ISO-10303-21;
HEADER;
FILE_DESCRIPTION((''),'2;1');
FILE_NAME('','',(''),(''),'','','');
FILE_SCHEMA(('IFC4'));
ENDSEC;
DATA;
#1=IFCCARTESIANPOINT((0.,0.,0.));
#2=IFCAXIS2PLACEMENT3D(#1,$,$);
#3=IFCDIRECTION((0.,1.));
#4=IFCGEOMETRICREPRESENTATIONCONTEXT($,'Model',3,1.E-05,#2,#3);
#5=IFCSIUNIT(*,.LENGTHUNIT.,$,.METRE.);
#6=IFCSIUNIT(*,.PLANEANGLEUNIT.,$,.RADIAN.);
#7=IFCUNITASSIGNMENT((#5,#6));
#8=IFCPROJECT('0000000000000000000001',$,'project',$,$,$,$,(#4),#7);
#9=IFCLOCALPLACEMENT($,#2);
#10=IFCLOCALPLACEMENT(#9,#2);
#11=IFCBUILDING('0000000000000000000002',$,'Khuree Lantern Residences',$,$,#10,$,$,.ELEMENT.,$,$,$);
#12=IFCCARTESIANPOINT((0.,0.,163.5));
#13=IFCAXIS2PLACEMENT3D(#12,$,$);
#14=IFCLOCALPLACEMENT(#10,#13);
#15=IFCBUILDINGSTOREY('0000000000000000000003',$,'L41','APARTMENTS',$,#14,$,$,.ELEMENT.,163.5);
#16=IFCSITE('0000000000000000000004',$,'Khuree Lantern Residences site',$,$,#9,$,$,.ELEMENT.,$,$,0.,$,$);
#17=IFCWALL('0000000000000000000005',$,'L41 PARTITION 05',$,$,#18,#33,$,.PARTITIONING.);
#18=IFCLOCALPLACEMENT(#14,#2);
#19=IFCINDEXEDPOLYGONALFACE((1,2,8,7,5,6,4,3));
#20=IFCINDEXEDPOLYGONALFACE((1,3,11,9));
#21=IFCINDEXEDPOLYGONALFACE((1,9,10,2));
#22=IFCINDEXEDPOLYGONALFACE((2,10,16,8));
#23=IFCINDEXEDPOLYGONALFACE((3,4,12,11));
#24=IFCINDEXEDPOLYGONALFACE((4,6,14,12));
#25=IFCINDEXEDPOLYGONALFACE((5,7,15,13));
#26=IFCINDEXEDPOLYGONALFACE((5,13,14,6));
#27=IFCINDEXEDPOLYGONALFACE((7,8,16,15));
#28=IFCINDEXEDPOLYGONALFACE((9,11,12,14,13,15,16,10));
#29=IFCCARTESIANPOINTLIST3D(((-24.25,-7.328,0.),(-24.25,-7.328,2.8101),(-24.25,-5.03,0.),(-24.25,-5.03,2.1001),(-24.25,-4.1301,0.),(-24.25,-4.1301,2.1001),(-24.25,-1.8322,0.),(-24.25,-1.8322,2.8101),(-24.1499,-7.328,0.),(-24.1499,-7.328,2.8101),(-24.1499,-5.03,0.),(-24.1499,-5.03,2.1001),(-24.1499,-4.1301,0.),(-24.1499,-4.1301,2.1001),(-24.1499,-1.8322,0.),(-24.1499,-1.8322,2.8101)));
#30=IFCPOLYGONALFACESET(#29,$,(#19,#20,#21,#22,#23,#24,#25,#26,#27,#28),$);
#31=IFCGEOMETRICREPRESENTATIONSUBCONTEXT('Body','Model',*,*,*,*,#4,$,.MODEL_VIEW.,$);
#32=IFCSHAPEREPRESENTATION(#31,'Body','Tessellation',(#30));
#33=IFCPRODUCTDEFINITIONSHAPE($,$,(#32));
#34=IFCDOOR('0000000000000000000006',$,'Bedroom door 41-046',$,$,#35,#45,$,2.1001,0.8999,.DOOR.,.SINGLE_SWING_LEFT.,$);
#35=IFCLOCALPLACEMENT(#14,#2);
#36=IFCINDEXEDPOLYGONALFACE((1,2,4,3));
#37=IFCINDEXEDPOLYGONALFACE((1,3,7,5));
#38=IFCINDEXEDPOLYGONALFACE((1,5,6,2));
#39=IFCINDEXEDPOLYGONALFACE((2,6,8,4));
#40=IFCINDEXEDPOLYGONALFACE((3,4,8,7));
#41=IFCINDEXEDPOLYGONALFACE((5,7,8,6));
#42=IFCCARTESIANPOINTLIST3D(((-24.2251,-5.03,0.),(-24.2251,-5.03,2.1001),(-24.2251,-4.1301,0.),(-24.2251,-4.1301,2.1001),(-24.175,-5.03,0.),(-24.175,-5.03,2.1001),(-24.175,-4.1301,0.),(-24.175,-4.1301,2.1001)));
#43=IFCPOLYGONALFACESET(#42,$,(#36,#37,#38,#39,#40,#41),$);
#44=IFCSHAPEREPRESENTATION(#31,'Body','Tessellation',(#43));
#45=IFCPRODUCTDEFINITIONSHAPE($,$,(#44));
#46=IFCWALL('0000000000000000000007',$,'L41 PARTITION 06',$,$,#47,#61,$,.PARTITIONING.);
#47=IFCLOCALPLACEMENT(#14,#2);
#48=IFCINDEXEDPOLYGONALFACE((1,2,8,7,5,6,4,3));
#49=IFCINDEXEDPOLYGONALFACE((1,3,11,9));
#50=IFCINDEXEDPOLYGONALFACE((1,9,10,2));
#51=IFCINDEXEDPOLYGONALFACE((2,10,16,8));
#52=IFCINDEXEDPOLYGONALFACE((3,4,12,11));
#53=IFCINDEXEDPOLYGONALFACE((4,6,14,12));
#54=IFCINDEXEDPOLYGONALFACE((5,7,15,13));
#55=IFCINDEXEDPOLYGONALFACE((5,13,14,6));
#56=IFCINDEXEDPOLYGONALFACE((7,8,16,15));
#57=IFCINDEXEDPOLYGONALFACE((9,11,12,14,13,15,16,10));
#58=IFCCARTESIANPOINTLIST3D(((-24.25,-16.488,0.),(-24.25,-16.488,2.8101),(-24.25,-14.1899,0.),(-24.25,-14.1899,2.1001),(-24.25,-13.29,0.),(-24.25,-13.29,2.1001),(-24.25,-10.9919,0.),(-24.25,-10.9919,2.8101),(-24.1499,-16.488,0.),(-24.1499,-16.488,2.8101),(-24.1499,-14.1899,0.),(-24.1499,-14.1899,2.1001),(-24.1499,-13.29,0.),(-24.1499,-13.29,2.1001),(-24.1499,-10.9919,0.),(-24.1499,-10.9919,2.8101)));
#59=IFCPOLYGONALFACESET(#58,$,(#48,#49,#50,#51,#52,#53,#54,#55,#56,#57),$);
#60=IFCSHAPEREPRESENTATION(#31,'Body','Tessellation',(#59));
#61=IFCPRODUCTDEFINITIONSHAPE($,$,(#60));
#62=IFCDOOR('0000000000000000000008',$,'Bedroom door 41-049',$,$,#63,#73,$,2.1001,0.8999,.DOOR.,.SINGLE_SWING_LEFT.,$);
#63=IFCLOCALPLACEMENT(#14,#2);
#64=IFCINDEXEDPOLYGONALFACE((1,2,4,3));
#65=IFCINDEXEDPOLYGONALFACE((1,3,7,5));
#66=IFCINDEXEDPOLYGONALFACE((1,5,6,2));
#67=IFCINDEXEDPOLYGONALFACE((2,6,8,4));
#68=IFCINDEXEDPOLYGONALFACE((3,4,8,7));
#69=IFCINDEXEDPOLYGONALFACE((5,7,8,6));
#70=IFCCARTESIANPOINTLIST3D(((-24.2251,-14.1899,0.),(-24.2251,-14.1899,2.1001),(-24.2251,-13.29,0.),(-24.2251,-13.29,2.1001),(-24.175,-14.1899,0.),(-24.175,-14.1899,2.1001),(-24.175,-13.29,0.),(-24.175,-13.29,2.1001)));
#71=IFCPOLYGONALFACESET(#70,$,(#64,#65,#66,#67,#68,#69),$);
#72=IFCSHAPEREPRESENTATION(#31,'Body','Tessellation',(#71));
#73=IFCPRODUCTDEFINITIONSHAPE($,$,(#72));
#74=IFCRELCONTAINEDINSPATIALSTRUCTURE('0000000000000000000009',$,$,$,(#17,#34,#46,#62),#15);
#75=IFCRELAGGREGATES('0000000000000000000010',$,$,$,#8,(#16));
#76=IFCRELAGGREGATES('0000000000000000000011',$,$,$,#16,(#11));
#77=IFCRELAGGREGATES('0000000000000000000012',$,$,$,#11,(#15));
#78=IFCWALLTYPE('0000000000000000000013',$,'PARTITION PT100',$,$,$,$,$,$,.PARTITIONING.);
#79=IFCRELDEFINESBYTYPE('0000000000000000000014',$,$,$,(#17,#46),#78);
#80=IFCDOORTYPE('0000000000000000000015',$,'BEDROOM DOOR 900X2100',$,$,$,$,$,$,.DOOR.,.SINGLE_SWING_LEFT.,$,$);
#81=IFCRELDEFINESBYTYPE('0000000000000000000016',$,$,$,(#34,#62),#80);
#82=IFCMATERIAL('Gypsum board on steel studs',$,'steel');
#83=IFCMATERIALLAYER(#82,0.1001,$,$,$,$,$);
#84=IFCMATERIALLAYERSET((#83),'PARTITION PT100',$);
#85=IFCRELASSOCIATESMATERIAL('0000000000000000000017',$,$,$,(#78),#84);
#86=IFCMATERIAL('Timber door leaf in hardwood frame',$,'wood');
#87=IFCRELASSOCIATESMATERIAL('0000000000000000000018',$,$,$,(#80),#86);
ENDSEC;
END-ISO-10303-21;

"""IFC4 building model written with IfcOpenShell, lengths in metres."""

from ifc_helpers import new_model, si_unit, direction, frame, frame_2d, origin, place, context, subcontext, project, spatial, rectangle, extrude, material, layer, layer_set, type_object, element, fill, save


model = new_model("IFC4")

# Units and contexts
model_context = context("Model", 3, precision=1e-05, world=origin(), true_north=direction((0.0, 1.0)))
body_context = subcontext(model_context, "Body", "Model", "MODEL_VIEW")
ifc_project = project(units=[si_unit("LENGTHUNIT", "METRE"), si_unit("PLANEANGLEUNIT", "RADIAN")], contexts=[model_context])

# Site, building, storey
site_placement = place(None, origin())
site = spatial("IfcSite", under=ifc_project, at=site_placement, Name="Khuree Lantern Residences site", CompositionType="ELEMENT", RefElevation=0.0)
building_placement = place(site_placement, origin())
building = spatial("IfcBuilding", under=site, at=building_placement, Name="Khuree Lantern Residences", CompositionType="ELEMENT")
storey_placement = place(building_placement, frame((0.0, 0.0, 163.5)))
storey = spatial("IfcBuildingStorey", under=building, at=storey_placement, Name="L41", Description="APARTMENTS", CompositionType="ELEMENT", Elevation=163.5)

# Shared definitions
ifc_material_1 = material(Name="Timber door leaf in hardwood frame", Category="wood")

# Shared definitions
ifc_material_2 = material(Name="Gypsum board on steel studs", Category="steel")

# Shared definitions
ifc_layer_1 = layer(ifc_material_2, 0.1001)
ifc_layer_set_1 = layer_set([ifc_layer_1], Name="PARTITION PT100")
wall_type_1 = type_object("IfcWallType", Name="PARTITION PT100", PredefinedType="PARTITIONING", material=ifc_layer_set_1)

# Walls, openings, doors
wall_1_placement = place(storey_placement, frame((-24.2, -1.832, 0.0), z_axis=(0.0, 0.0, 1.0), x_axis=(0.0, -1.0, 0.0)))
wall_1 = element("IfcWall", 1, at=wall_1_placement, inside=storey, type_object=wall_type_1, Name="L41 PARTITION 05", PredefinedType="PARTITIONING", context=body_context, shape_type="SweptSolid", body=[
    extrude(rectangle(XDim=5.4958, YDim=0.1001, at=frame_2d((2.748, 0.0))), origin(), (0.0, 0.0, 1.0), 2.8101),
])
opening_1_placement = place(wall_1_placement, frame((2.2981, 0.0, 0.0)))
opening_1 = element("IfcOpeningElement", 2, at=opening_1_placement, cuts=wall_1, PredefinedType="OPENING", context=body_context, shape_type="SweptSolid", body=[
    extrude(rectangle(XDim=0.8999, YDim=2.1001, at=frame_2d((0.45, 1.05))), frame((0.0, 0.0601, 0.0), z_axis=(0.0, -1.0, 0.0), x_axis=(1.0, 0.0, 0.0)), (0.0, 0.0, 1.0), 0.1201),
])
door_type_1 = type_object("IfcDoorType", Name="BEDROOM DOOR 900X2100", OperationType="SINGLE_SWING_LEFT", PredefinedType="DOOR", material=ifc_material_1)
door_1_placement = place(opening_1_placement, origin())
door_1 = element("IfcDoor", 3, at=door_1_placement, inside=storey, type_object=door_type_1, Name="Bedroom door 41-046", OperationType="SINGLE_SWING_LEFT", OverallHeight=2.1001, OverallWidth=0.8999, PredefinedType="DOOR", context=body_context, shape_type="SweptSolid", body=[
    extrude(rectangle(XDim=0.8999, YDim=2.1001, at=frame_2d((0.45, 1.05))), frame((0.0, 0.0249, 0.0), z_axis=(0.0, -1.0, 0.0), x_axis=(1.0, 0.0, 0.0)), (0.0, 0.0, 1.0), 0.05),
])
fill(opening_1, door_1)
wall_2_placement = place(storey_placement, frame((-24.2, -10.9919, 0.0), z_axis=(0.0, 0.0, 1.0), x_axis=(0.0, -1.0, 0.0)))
wall_2 = element("IfcWall", 4, at=wall_2_placement, inside=storey, type_object=wall_type_1, Name="L41 PARTITION 06", PredefinedType="PARTITIONING", context=body_context, shape_type="SweptSolid", body=[
    extrude(rectangle(XDim=5.4961, YDim=0.1001, at=frame_2d((2.748, 0.0))), origin(), (0.0, 0.0, 1.0), 2.8101),
])
opening_2_placement = place(wall_2_placement, frame((2.2981, 0.0, 0.0)))
opening_2 = element("IfcOpeningElement", 5, at=opening_2_placement, cuts=wall_2, PredefinedType="OPENING", context=body_context, shape_type="SweptSolid", body=[
    extrude(rectangle(XDim=0.8999, YDim=2.1001, at=frame_2d((0.45, 1.05))), frame((0.0, 0.0601, 0.0), z_axis=(0.0, -1.0, 0.0), x_axis=(1.0, 0.0, 0.0)), (0.0, 0.0, 1.0), 0.1201),
])
door_2_placement = place(opening_2_placement, origin())
door_2 = element("IfcDoor", 6, at=door_2_placement, inside=storey, type_object=door_type_1, Name="Bedroom door 41-049", OperationType="SINGLE_SWING_LEFT", OverallHeight=2.1001, OverallWidth=0.8999, PredefinedType="DOOR", context=body_context, shape_type="SweptSolid", body=[
    extrude(rectangle(XDim=0.8999, YDim=2.1001, at=frame_2d((0.45, 1.05))), frame((0.0, 0.0249, 0.0), z_axis=(0.0, -1.0, 0.0), x_axis=(1.0, 0.0, 0.0)), (0.0, 0.0, 1.0), 0.05),
])
fill(opening_2, door_2)

save(model, "model.ifc")
